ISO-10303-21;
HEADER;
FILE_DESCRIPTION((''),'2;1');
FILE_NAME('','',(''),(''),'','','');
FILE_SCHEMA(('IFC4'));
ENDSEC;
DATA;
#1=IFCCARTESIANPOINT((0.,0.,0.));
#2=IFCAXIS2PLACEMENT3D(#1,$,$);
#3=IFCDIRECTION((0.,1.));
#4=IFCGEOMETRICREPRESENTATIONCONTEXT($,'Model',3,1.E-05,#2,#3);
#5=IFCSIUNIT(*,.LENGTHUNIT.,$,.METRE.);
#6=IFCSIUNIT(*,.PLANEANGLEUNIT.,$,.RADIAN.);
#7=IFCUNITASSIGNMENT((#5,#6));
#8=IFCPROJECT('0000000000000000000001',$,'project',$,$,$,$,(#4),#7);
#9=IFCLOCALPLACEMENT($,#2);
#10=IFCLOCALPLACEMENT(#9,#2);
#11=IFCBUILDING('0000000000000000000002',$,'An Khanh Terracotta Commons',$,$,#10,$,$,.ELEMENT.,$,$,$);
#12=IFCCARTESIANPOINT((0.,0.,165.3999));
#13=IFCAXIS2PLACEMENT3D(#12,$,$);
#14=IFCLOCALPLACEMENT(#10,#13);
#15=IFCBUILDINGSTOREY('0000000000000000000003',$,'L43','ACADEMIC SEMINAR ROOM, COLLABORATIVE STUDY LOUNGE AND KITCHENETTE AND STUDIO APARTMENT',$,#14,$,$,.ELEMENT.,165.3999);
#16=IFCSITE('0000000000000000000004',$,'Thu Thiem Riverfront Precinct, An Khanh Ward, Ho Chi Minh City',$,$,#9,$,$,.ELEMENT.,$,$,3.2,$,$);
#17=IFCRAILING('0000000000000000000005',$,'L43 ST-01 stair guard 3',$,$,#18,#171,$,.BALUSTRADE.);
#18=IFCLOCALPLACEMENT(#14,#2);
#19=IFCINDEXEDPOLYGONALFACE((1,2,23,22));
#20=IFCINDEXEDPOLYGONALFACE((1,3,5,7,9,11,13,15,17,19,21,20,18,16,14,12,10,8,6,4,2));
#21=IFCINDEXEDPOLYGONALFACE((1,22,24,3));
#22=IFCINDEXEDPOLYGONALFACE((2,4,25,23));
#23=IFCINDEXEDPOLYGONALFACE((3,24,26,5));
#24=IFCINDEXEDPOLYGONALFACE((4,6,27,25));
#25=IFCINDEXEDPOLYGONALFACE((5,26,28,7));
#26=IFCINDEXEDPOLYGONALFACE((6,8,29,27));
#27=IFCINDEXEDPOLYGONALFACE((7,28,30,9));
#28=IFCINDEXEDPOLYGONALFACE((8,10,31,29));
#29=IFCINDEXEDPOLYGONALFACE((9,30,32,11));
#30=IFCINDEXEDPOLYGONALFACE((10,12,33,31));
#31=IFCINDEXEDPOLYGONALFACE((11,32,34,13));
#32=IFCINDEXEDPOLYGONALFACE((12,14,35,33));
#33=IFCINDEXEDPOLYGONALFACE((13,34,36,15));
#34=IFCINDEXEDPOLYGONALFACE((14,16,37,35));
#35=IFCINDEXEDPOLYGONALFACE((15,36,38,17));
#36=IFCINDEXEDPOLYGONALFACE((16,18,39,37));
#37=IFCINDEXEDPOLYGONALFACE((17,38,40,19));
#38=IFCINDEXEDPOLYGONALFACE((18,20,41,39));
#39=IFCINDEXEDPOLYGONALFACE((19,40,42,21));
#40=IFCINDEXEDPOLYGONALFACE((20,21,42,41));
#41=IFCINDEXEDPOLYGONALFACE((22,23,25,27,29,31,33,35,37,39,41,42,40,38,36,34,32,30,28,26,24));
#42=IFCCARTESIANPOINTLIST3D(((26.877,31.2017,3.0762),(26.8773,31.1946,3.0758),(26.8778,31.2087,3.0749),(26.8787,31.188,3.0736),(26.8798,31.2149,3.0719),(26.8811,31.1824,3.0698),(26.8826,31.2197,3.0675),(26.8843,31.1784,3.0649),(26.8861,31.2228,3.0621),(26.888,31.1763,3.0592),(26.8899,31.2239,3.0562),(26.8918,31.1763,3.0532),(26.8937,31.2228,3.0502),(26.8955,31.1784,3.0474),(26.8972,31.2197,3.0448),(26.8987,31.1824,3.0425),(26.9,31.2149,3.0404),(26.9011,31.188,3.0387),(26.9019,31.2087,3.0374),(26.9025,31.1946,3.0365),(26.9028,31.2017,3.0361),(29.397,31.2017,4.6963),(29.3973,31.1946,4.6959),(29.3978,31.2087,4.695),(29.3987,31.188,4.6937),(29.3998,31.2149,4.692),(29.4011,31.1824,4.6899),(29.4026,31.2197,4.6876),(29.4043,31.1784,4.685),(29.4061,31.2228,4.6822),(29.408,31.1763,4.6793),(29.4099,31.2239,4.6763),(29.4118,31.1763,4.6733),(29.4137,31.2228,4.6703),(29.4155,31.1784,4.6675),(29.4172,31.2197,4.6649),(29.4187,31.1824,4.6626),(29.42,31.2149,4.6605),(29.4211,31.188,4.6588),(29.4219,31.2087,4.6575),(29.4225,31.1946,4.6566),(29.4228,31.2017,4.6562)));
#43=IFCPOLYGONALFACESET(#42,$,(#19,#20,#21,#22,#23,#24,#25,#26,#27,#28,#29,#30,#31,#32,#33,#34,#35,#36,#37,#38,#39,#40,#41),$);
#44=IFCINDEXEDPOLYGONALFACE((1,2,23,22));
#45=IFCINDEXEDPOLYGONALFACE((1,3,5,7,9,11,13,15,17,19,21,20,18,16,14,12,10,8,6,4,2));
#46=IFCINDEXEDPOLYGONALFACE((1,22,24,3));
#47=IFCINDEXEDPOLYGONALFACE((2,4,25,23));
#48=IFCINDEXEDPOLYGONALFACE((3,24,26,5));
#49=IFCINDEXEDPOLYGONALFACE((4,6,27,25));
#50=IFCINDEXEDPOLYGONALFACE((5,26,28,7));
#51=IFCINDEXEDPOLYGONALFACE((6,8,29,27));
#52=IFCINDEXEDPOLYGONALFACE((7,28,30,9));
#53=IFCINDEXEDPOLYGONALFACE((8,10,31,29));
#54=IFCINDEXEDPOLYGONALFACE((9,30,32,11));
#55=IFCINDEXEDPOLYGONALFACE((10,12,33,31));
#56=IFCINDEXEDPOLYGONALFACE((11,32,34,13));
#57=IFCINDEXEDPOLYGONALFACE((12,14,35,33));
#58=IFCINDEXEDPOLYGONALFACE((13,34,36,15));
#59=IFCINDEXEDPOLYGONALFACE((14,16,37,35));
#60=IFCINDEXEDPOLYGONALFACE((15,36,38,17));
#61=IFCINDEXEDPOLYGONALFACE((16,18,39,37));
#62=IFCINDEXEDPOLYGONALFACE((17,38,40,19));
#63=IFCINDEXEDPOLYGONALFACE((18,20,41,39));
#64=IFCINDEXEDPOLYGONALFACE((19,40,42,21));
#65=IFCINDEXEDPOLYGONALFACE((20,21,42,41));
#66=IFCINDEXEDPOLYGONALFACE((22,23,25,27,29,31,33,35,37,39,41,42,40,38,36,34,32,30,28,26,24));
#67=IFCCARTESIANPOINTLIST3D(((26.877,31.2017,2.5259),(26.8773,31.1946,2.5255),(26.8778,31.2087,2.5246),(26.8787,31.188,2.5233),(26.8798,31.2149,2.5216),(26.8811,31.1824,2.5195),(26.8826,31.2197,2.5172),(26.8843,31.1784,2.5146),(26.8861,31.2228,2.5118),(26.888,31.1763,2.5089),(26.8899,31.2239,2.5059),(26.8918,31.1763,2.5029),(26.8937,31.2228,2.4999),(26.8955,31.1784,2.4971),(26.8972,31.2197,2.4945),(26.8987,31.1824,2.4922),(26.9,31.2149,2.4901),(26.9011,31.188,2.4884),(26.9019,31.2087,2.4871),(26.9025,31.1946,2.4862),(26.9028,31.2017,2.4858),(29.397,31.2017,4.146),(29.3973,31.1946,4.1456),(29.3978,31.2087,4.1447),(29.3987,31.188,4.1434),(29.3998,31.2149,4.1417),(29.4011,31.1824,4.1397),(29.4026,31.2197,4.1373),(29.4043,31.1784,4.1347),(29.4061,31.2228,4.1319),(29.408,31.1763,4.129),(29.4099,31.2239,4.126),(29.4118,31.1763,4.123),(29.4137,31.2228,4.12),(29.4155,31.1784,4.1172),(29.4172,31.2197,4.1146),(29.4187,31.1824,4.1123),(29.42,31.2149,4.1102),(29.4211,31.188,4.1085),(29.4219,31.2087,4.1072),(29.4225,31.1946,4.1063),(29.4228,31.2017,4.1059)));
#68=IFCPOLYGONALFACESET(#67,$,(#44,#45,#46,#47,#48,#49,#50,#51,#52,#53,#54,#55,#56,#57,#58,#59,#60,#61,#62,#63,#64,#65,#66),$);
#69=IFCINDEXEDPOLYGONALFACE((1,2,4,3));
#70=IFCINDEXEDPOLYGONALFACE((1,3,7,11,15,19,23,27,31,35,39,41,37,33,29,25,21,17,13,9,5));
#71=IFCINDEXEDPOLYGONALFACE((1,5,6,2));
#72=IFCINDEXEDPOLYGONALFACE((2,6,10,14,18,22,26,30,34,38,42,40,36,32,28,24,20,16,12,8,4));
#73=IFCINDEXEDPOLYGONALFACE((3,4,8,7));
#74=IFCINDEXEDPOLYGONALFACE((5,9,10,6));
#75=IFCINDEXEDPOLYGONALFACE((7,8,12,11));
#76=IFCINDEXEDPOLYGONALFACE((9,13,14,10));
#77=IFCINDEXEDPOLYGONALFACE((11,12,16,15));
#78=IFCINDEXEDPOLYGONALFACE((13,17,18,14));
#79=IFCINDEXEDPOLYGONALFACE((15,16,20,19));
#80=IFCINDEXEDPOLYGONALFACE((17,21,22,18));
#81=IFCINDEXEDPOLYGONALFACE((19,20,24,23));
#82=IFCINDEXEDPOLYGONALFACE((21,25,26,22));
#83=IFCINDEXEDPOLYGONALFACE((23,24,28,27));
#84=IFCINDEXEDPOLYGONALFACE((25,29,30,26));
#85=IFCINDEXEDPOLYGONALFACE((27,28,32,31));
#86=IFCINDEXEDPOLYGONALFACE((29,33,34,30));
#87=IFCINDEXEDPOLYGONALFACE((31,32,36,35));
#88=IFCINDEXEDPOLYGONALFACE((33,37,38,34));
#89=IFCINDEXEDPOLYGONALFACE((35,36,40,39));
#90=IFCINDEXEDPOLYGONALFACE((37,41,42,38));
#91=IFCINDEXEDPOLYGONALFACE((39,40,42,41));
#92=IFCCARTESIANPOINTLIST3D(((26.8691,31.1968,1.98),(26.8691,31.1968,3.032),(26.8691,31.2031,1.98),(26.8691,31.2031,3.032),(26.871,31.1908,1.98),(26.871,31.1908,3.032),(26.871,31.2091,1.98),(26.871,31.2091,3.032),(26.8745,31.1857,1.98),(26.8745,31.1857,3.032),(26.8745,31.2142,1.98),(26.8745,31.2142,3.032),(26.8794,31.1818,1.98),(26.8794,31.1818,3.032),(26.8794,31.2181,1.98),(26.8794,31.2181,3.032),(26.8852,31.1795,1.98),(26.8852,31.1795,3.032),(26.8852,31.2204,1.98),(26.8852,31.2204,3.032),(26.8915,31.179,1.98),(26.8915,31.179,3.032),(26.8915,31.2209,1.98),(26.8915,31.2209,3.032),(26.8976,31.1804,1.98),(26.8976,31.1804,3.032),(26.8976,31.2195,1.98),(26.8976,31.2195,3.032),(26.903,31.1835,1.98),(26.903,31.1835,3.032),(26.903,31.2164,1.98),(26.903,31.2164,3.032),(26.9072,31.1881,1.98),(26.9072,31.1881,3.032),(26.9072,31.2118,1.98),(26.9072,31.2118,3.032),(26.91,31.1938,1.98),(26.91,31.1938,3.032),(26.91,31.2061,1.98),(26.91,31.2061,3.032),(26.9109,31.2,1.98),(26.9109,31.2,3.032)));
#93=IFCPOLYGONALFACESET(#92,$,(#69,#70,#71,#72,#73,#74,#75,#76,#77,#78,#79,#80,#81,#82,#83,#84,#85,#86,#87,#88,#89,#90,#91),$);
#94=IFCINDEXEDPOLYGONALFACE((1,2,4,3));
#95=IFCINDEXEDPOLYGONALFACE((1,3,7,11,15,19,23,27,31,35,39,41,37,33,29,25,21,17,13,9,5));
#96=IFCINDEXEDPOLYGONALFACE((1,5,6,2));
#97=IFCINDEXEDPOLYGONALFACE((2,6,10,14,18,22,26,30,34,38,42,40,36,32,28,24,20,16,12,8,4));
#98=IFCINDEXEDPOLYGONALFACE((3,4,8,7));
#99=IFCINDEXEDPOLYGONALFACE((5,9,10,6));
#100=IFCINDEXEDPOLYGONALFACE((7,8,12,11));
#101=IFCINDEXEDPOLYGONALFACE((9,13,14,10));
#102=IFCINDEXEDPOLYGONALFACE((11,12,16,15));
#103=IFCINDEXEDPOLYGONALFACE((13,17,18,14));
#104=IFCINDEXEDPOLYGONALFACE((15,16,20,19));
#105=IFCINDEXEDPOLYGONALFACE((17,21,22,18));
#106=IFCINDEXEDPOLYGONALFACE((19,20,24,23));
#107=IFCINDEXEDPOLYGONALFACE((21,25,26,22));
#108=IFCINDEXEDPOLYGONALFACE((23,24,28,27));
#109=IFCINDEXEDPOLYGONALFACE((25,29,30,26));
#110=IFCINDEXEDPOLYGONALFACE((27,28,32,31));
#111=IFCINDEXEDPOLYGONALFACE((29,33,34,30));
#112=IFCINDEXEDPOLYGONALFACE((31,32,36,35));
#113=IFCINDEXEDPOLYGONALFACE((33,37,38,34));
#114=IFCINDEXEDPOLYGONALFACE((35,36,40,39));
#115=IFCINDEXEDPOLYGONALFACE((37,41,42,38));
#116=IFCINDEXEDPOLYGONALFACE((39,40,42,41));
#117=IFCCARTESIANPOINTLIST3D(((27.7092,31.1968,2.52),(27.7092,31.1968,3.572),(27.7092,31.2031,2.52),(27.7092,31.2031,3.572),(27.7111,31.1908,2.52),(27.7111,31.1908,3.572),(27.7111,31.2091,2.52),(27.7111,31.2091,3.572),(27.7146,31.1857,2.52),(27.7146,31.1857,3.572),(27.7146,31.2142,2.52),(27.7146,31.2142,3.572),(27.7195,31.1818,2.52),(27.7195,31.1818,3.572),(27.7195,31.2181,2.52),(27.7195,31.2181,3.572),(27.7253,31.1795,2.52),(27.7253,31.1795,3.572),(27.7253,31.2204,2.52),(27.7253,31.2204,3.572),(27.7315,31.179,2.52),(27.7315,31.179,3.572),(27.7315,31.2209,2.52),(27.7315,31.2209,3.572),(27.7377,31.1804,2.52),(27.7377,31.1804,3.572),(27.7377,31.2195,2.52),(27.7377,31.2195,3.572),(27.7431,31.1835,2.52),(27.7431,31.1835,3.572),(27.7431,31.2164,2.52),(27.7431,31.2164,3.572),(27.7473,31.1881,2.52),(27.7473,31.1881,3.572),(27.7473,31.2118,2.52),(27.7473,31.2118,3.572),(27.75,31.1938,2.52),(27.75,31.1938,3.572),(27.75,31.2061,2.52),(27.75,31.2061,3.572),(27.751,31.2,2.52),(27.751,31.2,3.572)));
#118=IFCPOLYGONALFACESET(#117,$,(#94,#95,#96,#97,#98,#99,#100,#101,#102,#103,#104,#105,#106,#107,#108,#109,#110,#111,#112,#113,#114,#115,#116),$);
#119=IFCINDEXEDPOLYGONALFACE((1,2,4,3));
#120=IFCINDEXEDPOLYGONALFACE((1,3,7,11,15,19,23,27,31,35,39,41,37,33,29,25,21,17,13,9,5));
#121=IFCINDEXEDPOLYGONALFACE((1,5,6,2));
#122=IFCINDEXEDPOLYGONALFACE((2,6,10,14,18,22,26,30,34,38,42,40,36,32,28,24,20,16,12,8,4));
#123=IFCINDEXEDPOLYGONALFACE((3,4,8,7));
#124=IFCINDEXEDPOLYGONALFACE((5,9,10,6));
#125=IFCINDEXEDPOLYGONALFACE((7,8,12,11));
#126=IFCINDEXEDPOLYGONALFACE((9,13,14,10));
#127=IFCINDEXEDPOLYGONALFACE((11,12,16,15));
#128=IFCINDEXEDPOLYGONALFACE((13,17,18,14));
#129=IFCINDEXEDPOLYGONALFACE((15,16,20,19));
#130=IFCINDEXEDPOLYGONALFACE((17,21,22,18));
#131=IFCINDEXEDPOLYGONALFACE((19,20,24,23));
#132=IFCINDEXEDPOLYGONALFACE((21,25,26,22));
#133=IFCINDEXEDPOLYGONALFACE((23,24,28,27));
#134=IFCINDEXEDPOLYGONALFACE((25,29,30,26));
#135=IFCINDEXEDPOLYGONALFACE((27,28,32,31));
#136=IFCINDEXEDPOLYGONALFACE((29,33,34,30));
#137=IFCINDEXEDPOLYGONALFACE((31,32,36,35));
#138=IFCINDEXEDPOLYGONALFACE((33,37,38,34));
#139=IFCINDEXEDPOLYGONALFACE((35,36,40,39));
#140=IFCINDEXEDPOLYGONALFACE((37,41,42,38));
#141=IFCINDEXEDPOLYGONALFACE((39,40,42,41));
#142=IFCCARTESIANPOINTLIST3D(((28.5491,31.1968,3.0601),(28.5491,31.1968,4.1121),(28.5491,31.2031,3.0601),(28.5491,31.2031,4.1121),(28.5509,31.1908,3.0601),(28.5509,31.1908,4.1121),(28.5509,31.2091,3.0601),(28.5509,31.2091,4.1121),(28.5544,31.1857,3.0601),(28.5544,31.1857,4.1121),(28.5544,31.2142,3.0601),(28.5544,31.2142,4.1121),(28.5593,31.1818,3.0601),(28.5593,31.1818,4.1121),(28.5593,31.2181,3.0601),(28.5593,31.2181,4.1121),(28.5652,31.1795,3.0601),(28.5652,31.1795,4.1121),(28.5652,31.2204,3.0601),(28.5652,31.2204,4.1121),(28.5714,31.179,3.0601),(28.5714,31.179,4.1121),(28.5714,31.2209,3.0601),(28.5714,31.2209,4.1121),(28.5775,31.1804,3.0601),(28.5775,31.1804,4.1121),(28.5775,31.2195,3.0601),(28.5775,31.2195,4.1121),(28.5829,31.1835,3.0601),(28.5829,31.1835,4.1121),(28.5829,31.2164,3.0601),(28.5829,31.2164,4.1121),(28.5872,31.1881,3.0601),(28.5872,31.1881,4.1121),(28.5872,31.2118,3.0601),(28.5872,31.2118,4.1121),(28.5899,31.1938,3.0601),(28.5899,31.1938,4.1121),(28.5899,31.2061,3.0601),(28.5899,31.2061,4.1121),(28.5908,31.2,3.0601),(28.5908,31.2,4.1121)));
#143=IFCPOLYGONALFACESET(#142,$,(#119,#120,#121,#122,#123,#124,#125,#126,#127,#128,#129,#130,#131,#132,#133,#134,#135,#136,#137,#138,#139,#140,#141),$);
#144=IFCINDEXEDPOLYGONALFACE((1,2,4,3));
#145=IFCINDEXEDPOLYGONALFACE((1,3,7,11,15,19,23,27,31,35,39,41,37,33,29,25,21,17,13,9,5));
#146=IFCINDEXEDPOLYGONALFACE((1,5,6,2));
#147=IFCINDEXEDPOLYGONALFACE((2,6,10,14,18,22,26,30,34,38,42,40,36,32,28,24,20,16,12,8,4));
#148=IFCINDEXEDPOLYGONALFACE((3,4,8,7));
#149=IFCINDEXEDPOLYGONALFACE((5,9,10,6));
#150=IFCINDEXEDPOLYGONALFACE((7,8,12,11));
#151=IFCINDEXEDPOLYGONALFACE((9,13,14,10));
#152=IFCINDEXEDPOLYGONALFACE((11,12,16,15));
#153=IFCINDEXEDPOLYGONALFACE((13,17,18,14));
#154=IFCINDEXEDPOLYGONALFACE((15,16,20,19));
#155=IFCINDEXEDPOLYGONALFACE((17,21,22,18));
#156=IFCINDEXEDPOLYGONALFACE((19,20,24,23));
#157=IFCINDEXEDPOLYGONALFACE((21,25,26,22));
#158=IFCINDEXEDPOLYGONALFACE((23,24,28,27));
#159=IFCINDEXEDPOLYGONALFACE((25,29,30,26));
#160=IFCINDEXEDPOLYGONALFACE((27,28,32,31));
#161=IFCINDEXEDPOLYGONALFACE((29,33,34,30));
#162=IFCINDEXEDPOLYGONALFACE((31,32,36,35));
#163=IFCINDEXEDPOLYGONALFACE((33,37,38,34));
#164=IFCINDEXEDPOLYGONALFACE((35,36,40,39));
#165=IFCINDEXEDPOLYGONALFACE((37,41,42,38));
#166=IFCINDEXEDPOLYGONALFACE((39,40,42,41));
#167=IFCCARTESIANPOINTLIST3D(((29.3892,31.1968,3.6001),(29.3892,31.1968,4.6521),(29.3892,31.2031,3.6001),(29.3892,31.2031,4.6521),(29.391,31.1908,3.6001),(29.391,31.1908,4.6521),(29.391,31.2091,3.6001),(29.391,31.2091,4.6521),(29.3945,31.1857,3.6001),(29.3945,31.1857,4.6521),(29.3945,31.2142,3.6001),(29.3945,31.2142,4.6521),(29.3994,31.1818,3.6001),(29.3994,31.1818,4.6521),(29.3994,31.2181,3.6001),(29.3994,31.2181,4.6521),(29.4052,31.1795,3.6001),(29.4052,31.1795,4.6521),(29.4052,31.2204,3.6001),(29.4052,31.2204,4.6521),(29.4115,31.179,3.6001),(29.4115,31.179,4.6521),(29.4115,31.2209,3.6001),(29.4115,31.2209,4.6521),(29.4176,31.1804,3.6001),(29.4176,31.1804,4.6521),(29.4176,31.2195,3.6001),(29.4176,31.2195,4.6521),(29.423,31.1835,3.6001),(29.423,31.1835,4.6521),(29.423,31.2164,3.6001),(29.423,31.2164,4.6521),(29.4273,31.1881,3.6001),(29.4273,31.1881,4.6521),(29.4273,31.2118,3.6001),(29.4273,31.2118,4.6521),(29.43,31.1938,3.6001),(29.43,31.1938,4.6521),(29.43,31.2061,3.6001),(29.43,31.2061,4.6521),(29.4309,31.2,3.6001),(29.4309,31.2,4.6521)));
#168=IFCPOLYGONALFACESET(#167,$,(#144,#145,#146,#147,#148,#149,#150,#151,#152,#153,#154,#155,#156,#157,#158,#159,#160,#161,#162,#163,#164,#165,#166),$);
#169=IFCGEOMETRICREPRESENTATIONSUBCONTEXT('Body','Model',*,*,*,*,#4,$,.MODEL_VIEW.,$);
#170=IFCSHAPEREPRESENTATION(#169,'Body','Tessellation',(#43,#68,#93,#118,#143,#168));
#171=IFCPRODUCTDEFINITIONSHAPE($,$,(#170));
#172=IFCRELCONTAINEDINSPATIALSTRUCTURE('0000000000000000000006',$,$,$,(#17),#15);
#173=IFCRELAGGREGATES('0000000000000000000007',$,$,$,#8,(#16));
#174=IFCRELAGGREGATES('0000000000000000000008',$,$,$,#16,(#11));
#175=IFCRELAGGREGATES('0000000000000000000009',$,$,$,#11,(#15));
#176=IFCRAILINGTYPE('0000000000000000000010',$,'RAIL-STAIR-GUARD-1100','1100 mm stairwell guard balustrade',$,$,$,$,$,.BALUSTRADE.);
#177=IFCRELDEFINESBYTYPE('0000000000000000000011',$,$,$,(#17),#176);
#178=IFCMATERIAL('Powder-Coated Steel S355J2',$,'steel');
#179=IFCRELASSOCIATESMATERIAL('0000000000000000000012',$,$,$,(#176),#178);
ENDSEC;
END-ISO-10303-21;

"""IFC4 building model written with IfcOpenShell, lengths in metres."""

from ifc_helpers import new_model, si_unit, direction, frame, origin, origin_2d, place, context, subcontext, project, spatial, circle, extrude, material, type_object, element, save


model = new_model("IFC4")

# Units and contexts
model_context = context("Model", 3, precision=1e-05, world=origin(), true_north=direction((0.0, 1.0)))
body_context = subcontext(model_context, "Body", "Model", "MODEL_VIEW")
ifc_project = project(units=[si_unit("LENGTHUNIT", "METRE"), si_unit("PLANEANGLEUNIT", "RADIAN")], contexts=[model_context])

# Site, building, storey
site_placement = place(None, origin())
site = spatial("IfcSite", under=ifc_project, at=site_placement, Name="Thu Thiem Riverfront Precinct, An Khanh Ward, Ho Chi Minh City", CompositionType="ELEMENT", RefElevation=3.2)
building_placement = place(site_placement, origin())
building = spatial("IfcBuilding", under=site, at=building_placement, Name="An Khanh Terracotta Commons", CompositionType="ELEMENT")
storey_placement = place(building_placement, frame((0.0, 0.0, 165.3999)))
storey = spatial("IfcBuildingStorey", under=building, at=storey_placement, Name="L43", Description="ACADEMIC SEMINAR ROOM, COLLABORATIVE STUDY LOUNGE AND KITCHENETTE AND STUDIO APARTMENT", CompositionType="ELEMENT", Elevation=165.3999)

# Railing
ifc_material_1 = material(Name="Powder-Coated Steel S355J2", Category="steel")
railing_type_1 = type_object("IfcRailingType", Name="RAIL-STAIR-GUARD-1100", Description="1100 mm stairwell guard balustrade", PredefinedType="BALUSTRADE", material=ifc_material_1)
railing_1_placement = place(storey_placement, frame((26.8899, 31.2, 1.98)))
element("IfcRailing", 1, at=railing_1_placement, inside=storey, type_object=railing_type_1, Name="L43 ST-01 stair guard 3", PredefinedType="BALUSTRADE", context=body_context, shape_type="SweptSolid", body=[
    extrude(circle(Radius=0.0239, at=origin_2d()), frame((0.0, 0.0, 1.0762), z_axis=(0.841163, 0.0, 0.540782), x_axis=(0.0, 1.0, 0.0)), (0.0, 0.0, 1.0), 2.9958),
    extrude(circle(Radius=0.0239, at=origin_2d()), frame((0.0, 0.0, 0.5259), z_axis=(0.841163, 0.0, 0.540782), x_axis=(0.0, 1.0, 0.0)), (0.0, 0.0, 1.0), 2.9958),
    extrude(circle(Radius=0.021, at=origin_2d()), origin(), (0.0, 0.0, 1.0), 1.052),
    extrude(circle(Radius=0.021, at=origin_2d()), frame((0.8401, 0.0, 0.54)), (0.0, 0.0, 1.0), 1.052),
    extrude(circle(Radius=0.021, at=origin_2d()), frame((1.6799, 0.0, 1.0801)), (0.0, 0.0, 1.0), 1.052),
    extrude(circle(Radius=0.021, at=origin_2d()), frame((2.52, 0.0, 1.6201)), (0.0, 0.0, 1.0), 1.052),
])

save(model, "model.ifc")
